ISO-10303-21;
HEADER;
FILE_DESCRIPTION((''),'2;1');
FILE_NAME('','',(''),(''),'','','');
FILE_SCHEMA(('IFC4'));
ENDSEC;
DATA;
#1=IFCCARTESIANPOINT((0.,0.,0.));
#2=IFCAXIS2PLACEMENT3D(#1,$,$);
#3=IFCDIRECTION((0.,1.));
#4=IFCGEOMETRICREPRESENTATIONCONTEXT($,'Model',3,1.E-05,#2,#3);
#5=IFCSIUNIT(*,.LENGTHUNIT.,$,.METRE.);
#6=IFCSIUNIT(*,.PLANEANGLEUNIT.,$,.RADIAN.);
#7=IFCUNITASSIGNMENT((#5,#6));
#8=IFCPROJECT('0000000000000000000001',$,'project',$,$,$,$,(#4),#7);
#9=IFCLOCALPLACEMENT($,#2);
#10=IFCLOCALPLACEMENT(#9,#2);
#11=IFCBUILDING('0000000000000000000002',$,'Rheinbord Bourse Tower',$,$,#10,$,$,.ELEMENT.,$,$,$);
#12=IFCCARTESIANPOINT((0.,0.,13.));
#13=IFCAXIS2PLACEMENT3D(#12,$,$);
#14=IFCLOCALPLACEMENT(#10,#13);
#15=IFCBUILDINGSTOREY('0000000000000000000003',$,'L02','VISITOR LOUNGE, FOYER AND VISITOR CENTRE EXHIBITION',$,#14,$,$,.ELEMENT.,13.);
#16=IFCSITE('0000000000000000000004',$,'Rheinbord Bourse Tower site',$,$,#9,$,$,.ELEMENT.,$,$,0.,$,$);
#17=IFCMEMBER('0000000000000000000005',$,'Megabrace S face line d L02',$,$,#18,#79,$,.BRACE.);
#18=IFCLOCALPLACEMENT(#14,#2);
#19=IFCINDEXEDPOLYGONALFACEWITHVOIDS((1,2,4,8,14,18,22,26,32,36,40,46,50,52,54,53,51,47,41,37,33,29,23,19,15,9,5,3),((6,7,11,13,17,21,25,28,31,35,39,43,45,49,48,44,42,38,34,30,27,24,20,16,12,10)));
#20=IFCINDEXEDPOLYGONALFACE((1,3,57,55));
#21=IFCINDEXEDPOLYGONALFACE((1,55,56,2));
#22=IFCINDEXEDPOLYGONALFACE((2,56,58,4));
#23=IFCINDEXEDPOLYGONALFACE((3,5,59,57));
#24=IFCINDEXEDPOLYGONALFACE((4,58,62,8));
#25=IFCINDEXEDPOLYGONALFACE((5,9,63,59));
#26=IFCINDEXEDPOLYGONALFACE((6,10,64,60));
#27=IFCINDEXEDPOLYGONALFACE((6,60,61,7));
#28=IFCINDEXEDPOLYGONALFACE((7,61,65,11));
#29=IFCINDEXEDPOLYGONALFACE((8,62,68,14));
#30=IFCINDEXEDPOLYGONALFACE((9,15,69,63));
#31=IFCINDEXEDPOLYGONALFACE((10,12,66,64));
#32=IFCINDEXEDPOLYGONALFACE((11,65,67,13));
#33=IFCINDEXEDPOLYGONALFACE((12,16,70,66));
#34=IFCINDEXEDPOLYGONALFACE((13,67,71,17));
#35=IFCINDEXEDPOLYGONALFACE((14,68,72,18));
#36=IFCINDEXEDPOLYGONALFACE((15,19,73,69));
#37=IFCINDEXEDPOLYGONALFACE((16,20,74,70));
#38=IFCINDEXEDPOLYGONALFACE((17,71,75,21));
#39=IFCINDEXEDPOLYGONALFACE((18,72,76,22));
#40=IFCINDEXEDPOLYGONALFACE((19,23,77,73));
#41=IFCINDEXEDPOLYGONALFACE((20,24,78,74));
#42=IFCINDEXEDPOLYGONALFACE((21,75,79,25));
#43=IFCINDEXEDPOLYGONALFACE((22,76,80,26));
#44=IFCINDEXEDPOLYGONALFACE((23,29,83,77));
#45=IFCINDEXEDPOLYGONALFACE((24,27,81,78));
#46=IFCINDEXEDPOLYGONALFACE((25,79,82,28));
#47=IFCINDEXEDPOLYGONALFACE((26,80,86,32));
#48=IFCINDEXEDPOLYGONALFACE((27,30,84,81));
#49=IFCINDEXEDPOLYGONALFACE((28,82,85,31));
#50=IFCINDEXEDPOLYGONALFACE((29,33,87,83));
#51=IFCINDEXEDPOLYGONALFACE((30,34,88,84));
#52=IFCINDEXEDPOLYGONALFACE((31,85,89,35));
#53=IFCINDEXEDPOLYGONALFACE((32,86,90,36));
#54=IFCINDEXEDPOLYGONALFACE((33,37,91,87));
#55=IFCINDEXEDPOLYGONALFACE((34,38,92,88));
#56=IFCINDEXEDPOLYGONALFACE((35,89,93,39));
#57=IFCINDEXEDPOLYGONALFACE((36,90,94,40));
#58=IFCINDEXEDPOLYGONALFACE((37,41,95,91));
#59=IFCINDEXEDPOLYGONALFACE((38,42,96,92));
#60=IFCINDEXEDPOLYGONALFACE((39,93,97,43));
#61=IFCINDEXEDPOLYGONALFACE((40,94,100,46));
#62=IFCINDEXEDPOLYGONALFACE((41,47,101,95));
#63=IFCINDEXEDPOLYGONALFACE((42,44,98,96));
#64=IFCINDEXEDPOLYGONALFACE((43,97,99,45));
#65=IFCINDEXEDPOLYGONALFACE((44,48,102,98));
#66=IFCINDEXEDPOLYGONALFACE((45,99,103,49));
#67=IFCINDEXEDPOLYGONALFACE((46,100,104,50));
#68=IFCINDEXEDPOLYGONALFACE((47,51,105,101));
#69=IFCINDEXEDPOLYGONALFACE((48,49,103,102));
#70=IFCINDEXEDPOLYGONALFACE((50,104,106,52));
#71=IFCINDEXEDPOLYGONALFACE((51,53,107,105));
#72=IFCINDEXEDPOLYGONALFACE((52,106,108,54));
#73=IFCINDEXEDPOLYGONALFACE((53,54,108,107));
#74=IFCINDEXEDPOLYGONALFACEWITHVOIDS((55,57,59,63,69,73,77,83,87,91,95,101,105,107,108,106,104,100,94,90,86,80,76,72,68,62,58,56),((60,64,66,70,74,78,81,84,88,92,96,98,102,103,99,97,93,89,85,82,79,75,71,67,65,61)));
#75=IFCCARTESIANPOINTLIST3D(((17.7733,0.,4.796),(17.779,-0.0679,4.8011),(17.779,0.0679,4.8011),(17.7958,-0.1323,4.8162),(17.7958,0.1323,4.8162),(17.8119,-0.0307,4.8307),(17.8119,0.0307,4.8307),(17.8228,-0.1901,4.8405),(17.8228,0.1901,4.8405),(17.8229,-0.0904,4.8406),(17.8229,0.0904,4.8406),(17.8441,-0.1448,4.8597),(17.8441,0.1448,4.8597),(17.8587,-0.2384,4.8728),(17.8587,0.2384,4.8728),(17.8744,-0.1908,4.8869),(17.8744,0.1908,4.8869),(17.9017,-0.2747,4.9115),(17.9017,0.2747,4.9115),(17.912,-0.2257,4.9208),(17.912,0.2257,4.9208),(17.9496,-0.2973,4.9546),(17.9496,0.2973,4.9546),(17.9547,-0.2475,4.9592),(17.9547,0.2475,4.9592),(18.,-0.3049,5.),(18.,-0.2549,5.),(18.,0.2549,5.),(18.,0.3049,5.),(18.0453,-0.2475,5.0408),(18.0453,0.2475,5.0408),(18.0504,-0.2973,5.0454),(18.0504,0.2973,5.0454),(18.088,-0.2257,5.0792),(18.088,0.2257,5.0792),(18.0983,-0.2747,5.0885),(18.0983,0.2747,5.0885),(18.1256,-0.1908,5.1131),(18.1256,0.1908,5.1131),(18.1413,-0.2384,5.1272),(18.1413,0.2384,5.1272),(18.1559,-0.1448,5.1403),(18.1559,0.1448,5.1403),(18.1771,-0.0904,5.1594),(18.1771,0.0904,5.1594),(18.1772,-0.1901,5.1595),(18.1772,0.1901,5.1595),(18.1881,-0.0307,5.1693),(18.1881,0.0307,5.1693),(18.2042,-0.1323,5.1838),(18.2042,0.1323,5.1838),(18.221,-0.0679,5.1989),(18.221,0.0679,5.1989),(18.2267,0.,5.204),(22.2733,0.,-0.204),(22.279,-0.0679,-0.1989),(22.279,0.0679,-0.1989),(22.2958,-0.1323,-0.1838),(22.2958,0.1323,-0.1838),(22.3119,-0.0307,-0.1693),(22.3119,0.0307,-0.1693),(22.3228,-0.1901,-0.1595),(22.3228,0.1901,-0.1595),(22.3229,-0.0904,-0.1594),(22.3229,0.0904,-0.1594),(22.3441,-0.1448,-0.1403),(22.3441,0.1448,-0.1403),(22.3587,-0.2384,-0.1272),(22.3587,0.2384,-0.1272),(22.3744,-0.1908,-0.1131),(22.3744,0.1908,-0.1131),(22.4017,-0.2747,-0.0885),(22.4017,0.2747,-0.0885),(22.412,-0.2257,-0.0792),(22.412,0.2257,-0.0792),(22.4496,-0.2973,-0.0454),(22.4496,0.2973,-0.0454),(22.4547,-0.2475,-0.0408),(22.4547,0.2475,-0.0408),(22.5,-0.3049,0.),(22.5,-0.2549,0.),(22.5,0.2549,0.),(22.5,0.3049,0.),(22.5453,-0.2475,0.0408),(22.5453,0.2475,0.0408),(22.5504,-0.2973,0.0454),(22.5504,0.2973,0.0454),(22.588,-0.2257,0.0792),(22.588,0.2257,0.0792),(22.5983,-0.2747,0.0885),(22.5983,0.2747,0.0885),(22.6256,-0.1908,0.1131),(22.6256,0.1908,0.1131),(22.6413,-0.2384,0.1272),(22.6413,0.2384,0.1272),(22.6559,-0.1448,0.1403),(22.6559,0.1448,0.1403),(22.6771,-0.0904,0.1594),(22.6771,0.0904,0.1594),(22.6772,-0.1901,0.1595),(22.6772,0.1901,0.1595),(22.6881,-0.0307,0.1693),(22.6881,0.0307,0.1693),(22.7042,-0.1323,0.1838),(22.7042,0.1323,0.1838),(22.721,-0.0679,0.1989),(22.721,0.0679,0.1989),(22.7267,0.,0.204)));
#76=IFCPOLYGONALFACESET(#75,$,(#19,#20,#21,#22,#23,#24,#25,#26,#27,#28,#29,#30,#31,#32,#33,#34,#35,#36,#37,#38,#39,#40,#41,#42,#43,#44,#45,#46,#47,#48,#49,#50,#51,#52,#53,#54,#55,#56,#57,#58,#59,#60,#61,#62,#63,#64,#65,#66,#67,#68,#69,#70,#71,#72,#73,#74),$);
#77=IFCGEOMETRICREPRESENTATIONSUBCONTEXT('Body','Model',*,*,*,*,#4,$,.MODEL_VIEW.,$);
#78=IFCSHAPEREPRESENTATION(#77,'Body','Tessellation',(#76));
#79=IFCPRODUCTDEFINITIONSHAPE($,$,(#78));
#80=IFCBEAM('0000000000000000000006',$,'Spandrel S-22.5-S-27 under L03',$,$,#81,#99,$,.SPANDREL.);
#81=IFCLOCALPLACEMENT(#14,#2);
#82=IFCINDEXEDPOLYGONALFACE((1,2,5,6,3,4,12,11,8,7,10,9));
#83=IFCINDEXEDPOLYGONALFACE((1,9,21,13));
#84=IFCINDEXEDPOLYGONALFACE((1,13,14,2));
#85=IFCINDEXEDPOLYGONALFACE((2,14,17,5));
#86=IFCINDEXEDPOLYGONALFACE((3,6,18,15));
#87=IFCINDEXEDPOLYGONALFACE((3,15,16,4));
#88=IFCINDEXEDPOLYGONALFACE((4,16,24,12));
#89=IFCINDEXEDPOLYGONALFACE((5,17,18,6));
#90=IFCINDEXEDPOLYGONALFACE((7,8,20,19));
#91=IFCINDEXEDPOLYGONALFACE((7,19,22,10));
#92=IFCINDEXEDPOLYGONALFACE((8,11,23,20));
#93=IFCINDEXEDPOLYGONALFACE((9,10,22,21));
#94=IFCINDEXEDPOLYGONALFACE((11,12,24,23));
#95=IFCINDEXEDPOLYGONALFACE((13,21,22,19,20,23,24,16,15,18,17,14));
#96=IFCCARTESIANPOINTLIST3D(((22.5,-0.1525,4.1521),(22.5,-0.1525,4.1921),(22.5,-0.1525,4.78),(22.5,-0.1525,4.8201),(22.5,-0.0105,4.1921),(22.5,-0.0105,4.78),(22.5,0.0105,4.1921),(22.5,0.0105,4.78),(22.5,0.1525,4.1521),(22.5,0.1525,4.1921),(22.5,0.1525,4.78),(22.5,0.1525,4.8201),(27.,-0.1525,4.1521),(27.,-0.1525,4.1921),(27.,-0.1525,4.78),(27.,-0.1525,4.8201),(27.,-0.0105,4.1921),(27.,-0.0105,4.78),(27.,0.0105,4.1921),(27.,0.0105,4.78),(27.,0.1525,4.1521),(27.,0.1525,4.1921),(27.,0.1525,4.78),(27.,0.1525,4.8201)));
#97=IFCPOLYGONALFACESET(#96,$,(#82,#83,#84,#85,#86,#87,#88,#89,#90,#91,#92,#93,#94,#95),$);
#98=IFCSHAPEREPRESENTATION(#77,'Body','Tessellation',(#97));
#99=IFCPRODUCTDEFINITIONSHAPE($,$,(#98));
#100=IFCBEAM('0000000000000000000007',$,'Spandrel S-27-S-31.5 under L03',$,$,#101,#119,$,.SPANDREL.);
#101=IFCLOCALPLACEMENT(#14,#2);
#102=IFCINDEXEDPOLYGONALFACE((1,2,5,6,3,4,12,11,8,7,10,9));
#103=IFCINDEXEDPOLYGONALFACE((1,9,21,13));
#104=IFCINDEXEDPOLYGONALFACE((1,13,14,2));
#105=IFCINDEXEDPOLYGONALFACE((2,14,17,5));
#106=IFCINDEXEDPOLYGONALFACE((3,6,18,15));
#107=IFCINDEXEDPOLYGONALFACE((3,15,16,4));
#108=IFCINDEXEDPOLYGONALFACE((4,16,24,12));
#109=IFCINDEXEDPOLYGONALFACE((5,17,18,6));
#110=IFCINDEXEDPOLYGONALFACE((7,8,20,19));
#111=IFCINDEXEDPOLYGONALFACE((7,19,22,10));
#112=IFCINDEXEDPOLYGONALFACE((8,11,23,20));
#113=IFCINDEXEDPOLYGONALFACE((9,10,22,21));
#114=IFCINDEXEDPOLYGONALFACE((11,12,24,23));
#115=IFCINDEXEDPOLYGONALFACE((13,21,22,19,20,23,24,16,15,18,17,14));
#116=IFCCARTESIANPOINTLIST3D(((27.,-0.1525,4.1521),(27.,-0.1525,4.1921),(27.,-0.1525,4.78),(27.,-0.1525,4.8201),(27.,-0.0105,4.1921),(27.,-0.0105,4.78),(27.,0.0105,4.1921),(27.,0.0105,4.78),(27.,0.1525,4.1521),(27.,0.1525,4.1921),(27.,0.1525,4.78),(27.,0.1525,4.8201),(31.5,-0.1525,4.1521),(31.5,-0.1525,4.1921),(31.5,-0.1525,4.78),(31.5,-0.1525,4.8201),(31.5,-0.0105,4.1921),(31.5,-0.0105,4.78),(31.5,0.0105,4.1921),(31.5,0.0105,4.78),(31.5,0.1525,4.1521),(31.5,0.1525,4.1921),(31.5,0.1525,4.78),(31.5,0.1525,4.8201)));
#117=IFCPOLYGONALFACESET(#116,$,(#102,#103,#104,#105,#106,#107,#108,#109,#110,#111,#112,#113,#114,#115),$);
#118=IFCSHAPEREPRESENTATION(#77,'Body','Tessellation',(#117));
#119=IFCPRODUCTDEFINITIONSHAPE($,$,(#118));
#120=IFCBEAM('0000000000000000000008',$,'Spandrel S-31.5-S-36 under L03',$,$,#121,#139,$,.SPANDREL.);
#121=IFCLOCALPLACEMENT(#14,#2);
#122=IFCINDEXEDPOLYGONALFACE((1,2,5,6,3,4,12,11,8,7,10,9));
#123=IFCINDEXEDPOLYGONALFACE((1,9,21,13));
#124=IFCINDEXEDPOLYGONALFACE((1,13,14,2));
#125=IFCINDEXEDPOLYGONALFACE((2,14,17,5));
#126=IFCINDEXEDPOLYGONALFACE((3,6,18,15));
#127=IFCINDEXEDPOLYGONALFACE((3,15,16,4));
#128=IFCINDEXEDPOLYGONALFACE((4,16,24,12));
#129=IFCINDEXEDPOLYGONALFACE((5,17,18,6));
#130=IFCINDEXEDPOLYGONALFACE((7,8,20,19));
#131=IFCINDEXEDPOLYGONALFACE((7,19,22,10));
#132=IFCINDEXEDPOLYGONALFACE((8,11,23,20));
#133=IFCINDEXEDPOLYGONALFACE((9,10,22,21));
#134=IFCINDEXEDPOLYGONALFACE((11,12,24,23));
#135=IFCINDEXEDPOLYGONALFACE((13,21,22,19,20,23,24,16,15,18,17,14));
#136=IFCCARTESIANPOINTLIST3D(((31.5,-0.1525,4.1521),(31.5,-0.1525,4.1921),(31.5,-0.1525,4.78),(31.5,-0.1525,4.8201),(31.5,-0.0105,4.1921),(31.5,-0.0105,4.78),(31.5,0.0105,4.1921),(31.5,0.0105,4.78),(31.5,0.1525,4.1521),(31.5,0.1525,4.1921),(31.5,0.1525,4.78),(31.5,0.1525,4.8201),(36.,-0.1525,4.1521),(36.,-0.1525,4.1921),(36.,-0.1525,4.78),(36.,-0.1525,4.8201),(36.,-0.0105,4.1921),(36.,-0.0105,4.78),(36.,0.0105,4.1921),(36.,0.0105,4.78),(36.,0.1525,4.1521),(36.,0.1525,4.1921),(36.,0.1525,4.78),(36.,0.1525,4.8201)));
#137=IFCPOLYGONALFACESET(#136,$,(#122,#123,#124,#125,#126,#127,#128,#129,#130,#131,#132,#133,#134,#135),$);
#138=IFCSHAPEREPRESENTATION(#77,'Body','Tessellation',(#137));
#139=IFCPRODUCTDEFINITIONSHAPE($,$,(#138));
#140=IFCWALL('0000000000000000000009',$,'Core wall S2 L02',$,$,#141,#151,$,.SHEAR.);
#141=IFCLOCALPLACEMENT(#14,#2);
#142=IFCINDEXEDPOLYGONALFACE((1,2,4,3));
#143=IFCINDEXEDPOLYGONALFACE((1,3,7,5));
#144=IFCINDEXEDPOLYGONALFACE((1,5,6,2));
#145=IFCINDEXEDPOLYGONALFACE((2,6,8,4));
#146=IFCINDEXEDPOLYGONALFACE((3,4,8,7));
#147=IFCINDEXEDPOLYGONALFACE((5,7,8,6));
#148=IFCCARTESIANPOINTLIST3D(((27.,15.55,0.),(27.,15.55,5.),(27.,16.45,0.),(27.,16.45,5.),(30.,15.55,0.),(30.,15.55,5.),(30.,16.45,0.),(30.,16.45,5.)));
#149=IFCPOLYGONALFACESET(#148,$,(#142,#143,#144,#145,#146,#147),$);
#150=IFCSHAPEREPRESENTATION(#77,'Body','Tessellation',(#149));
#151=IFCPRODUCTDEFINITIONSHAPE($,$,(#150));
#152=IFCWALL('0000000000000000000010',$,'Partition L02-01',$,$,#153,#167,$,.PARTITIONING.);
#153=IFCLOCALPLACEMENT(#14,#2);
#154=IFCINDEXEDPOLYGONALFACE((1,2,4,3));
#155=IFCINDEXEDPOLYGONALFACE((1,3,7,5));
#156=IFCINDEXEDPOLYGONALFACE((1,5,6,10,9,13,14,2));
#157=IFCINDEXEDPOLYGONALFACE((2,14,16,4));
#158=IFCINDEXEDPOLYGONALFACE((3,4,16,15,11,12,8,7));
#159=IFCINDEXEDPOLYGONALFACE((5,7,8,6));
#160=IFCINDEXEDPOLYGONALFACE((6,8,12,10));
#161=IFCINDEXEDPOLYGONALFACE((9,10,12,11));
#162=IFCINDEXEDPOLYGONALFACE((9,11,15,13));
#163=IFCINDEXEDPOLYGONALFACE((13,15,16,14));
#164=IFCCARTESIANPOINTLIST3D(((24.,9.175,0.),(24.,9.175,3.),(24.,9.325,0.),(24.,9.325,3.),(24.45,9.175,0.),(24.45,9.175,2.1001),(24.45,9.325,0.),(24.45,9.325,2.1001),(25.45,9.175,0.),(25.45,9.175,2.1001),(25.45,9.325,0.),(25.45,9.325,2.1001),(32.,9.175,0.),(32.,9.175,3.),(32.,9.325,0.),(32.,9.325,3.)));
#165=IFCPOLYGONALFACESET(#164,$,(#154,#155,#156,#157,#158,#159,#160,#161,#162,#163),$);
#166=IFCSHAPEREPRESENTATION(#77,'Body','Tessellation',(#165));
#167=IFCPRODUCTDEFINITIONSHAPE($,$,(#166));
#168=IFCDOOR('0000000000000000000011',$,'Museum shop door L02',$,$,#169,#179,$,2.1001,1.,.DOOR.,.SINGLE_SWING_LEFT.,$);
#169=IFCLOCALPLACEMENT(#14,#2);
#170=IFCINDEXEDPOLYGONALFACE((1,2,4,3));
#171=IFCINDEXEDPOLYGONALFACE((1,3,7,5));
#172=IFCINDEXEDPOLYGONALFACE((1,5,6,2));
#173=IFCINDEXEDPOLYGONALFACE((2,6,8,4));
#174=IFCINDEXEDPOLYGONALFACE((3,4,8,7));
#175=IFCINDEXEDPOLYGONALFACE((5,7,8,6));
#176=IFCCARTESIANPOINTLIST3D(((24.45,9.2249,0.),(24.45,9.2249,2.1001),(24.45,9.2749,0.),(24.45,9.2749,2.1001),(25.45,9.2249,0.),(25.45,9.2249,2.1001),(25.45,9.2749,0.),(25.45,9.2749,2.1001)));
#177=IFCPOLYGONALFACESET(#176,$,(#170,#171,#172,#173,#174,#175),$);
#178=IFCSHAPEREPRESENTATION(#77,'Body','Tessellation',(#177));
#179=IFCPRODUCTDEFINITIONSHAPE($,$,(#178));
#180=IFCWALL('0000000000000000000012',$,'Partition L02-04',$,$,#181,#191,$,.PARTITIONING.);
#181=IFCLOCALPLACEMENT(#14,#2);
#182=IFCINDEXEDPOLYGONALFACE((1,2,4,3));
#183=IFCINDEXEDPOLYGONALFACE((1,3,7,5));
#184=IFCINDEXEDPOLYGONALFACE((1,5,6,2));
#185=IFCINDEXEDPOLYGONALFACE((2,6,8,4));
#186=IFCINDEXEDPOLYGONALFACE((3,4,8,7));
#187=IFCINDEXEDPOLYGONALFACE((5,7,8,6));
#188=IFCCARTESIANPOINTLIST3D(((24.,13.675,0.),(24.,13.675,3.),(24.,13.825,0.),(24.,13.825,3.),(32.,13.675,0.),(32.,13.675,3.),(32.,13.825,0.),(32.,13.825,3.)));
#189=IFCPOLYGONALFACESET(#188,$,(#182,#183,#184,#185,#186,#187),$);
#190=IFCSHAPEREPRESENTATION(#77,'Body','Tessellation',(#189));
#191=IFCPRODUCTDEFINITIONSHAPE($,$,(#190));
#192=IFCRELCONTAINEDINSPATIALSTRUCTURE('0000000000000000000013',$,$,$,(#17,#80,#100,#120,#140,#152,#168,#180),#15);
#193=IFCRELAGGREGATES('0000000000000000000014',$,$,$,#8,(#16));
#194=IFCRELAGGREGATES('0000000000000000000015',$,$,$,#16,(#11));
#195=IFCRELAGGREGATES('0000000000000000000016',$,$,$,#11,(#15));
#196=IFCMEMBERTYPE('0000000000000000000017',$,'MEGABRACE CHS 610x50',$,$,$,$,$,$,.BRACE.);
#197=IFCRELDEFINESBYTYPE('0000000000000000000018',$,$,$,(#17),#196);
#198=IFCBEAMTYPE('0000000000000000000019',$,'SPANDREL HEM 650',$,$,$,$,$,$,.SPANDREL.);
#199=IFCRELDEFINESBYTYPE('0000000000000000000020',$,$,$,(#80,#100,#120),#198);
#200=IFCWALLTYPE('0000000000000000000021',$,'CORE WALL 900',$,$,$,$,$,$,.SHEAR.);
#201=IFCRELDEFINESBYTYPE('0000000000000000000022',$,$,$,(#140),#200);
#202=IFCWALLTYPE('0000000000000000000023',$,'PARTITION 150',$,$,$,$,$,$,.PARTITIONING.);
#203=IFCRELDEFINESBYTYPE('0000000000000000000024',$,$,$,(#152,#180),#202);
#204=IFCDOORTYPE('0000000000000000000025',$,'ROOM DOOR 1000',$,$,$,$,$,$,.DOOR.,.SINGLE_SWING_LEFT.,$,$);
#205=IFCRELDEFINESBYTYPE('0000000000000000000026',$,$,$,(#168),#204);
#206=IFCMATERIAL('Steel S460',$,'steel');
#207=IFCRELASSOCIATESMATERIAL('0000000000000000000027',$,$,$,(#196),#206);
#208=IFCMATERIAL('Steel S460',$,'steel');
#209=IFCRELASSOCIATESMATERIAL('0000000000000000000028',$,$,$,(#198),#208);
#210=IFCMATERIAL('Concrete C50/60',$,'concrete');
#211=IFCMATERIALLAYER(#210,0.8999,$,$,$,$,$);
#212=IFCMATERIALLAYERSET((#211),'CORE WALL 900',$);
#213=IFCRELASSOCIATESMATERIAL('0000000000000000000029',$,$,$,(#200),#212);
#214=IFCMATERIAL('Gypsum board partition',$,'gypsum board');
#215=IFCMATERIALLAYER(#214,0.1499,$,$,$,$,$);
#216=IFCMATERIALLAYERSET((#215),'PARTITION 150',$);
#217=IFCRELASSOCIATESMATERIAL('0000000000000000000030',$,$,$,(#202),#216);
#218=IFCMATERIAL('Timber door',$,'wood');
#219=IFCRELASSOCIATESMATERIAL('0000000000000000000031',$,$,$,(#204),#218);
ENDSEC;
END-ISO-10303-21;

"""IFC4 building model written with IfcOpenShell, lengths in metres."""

from ifc_helpers import new_model, si_unit, direction, frame, frame_2d, origin, origin_2d, place, context, subcontext, project, spatial, rectangle, hollow_circle, i_section, extrude, material, layer, layer_set, material_profile, profile_set, type_object, element, fill, save


model = new_model("IFC4")

# Units and contexts
model_context = context("Model", 3, precision=1e-05, world=origin(), true_north=direction((0.0, 1.0)))
body_context = subcontext(model_context, "Body", "Model", "MODEL_VIEW")
ifc_project = project(units=[si_unit("LENGTHUNIT", "METRE"), si_unit("PLANEANGLEUNIT", "RADIAN")], contexts=[model_context])

# Site, building, storey
site_placement = place(None, origin())
site = spatial("IfcSite", under=ifc_project, at=site_placement, Name="Rheinbord Bourse Tower site", CompositionType="ELEMENT", RefElevation=0.0)
building_placement = place(site_placement, origin())
building = spatial("IfcBuilding", under=site, at=building_placement, Name="Rheinbord Bourse Tower", CompositionType="ELEMENT")
storey_placement = place(building_placement, frame((0.0, 0.0, 13.0)))
storey = spatial("IfcBuildingStorey", under=building, at=storey_placement, Name="L02", Description="VISITOR LOUNGE, FOYER AND VISITOR CENTRE EXHIBITION", CompositionType="ELEMENT", Elevation=13.0)

# Member
ifc_material_1 = material(Name="Steel S460", Category="steel")
ifc_material_profile_1 = material_profile(ifc_material_1, hollow_circle(Radius=0.3049, WallThickness=0.05, at=origin_2d()), Name="CHS 610x50")
ifc_profile_set_1 = profile_set([ifc_material_profile_1], Name="Steel S460")
member_type = type_object("IfcMemberType", Name="MEGABRACE CHS 610x50", PredefinedType="BRACE", material=ifc_profile_set_1)
member_placement = place(storey_placement, frame((22.5, 0.0, 0.0), z_axis=(-0.668965, 0.0, 0.743294), x_axis=(0.0, -1.0, 0.0)))
element("IfcMember", 1, at=member_placement, inside=storey, type_object=member_type, Name="Megabrace S face line d L02", PredefinedType="BRACE", context=body_context, shape_type="SweptSolid", body=[
    extrude(hollow_circle(Radius=0.3049, WallThickness=0.05, at=origin_2d()), origin(), (0.0, 0.0, 1.0), 6.7268),
])

# Beams
ifc_material_2 = material(Name="Steel S460", Category="steel")
ifc_material_profile_2 = material_profile(ifc_material_2, i_section(OverallWidth=0.3049, OverallDepth=0.668, WebThickness=0.021, FlangeThickness=0.04, at=origin_2d()), Name="HEM 650")
ifc_profile_set_2 = profile_set([ifc_material_profile_2], Name="Steel S460")
beam_type_1 = type_object("IfcBeamType", Name="SPANDREL HEM 650", PredefinedType="SPANDREL", material=ifc_profile_set_2)
for number, where, z_axis, x_axis, name in (
    (2, (22.5, 0.0, 4.4861), (1.0, 0.0, 0.0), (0.0, 1.0, 0.0), "Spandrel S-22.5-S-27 under L03"),
    (3, (27.0, 0.0, 4.4861), (1.0, 0.0, 0.0), (0.0, 1.0, 0.0), "Spandrel S-27-S-31.5 under L03"),
    (4, (31.5, 0.0, 4.4861), (1.0, 0.0, 0.0), (0.0, 1.0, 0.0), "Spandrel S-31.5-S-36 under L03"),
):
    element("IfcBeam", number, at=place(storey_placement, frame(where, z_axis=z_axis, x_axis=x_axis)), inside=storey, type_object=beam_type_1, Name=name, PredefinedType="SPANDREL", context=body_context, shape_type="SweptSolid", body=[
        extrude(i_section(OverallWidth=0.3049, OverallDepth=0.668, WebThickness=0.021, FlangeThickness=0.04, at=origin_2d()), origin(), (0.0, 0.0, 1.0), 4.5),
    ])

# Wall
ifc_material_3 = material(Name="Concrete C50/60", Category="concrete")
ifc_layer_1 = layer(ifc_material_3, 0.8999)
ifc_layer_set_1 = layer_set([ifc_layer_1], Name="CORE WALL 900")
wall_type_1 = type_object("IfcWallType", Name="CORE WALL 900", PredefinedType="SHEAR", material=ifc_layer_set_1)
wall_1_placement = place(storey_placement, frame((27.0, 16.0, 0.0), z_axis=(0.0, 0.0, 1.0), x_axis=(1.0, 0.0, 0.0)))
element("IfcWall", 5, at=wall_1_placement, inside=storey, type_object=wall_type_1, Name="Core wall S2 L02", PredefinedType="SHEAR", context=body_context, shape_type="SweptSolid", body=[
    extrude(rectangle(XDim=3.0, YDim=0.8999, at=frame_2d((1.5, 0.0))), origin(), (0.0, 0.0, 1.0), 5.0),
])

# Wall, opening, door
ifc_material_4 = material(Name="Gypsum board partition", Category="gypsum board")
ifc_layer_2 = layer(ifc_material_4, 0.1499)
ifc_layer_set_2 = layer_set([ifc_layer_2], Name="PARTITION 150")
wall_type_2 = type_object("IfcWallType", Name="PARTITION 150", PredefinedType="PARTITIONING", material=ifc_layer_set_2)
wall_2_placement = place(storey_placement, frame((24.0, 9.25, 0.0), z_axis=(0.0, 0.0, 1.0), x_axis=(1.0, 0.0, 0.0)))
wall_2 = element("IfcWall", 6, at=wall_2_placement, inside=storey, type_object=wall_type_2, Name="Partition L02-01", PredefinedType="PARTITIONING", context=body_context, shape_type="SweptSolid", body=[
    extrude(rectangle(XDim=8.0, YDim=0.1499, at=frame_2d((4.0, 0.0))), origin(), (0.0, 0.0, 1.0), 3.0),
])
opening_placement = place(wall_2_placement, frame((0.45, 0.0, 0.0)))
opening = element("IfcOpeningElement", 7, at=opening_placement, cuts=wall_2, PredefinedType="OPENING", context=body_context, shape_type="SweptSolid", body=[
    extrude(rectangle(XDim=1.0, YDim=2.1001, at=frame_2d((0.5, 1.05))), frame((0.0, 0.085, 0.0), z_axis=(0.0, -1.0, 0.0), x_axis=(1.0, 0.0, 0.0)), (0.0, 0.0, 1.0), 0.1699),
])
ifc_material_5 = material(Name="Timber door", Category="wood")
door_type = type_object("IfcDoorType", Name="ROOM DOOR 1000", OperationType="SINGLE_SWING_LEFT", PredefinedType="DOOR", material=ifc_material_5)
door_placement = place(opening_placement, origin())
door = element("IfcDoor", 8, at=door_placement, inside=storey, type_object=door_type, Name="Museum shop door L02", OperationType="SINGLE_SWING_LEFT", OverallHeight=2.1001, OverallWidth=1.0, PredefinedType="DOOR", context=body_context, shape_type="SweptSolid", body=[
    extrude(rectangle(XDim=1.0, YDim=2.1001, at=frame_2d((0.5, 1.05))), frame((0.0, 0.0249, 0.0), z_axis=(0.0, -1.0, 0.0), x_axis=(1.0, 0.0, 0.0)), (0.0, 0.0, 1.0), 0.05),
])
fill(opening, door)

# Wall
wall_3_placement = place(storey_placement, frame((24.0, 13.75, 0.0), z_axis=(0.0, 0.0, 1.0), x_axis=(1.0, 0.0, 0.0)))
element("IfcWall", 9, at=wall_3_placement, inside=storey, type_object=wall_type_2, Name="Partition L02-04", PredefinedType="PARTITIONING", context=body_context, shape_type="SweptSolid", body=[
    extrude(rectangle(XDim=8.0, YDim=0.1499, at=frame_2d((4.0, 0.0))), origin(), (0.0, 0.0, 1.0), 3.0),
])

save(model, "model.ifc")
